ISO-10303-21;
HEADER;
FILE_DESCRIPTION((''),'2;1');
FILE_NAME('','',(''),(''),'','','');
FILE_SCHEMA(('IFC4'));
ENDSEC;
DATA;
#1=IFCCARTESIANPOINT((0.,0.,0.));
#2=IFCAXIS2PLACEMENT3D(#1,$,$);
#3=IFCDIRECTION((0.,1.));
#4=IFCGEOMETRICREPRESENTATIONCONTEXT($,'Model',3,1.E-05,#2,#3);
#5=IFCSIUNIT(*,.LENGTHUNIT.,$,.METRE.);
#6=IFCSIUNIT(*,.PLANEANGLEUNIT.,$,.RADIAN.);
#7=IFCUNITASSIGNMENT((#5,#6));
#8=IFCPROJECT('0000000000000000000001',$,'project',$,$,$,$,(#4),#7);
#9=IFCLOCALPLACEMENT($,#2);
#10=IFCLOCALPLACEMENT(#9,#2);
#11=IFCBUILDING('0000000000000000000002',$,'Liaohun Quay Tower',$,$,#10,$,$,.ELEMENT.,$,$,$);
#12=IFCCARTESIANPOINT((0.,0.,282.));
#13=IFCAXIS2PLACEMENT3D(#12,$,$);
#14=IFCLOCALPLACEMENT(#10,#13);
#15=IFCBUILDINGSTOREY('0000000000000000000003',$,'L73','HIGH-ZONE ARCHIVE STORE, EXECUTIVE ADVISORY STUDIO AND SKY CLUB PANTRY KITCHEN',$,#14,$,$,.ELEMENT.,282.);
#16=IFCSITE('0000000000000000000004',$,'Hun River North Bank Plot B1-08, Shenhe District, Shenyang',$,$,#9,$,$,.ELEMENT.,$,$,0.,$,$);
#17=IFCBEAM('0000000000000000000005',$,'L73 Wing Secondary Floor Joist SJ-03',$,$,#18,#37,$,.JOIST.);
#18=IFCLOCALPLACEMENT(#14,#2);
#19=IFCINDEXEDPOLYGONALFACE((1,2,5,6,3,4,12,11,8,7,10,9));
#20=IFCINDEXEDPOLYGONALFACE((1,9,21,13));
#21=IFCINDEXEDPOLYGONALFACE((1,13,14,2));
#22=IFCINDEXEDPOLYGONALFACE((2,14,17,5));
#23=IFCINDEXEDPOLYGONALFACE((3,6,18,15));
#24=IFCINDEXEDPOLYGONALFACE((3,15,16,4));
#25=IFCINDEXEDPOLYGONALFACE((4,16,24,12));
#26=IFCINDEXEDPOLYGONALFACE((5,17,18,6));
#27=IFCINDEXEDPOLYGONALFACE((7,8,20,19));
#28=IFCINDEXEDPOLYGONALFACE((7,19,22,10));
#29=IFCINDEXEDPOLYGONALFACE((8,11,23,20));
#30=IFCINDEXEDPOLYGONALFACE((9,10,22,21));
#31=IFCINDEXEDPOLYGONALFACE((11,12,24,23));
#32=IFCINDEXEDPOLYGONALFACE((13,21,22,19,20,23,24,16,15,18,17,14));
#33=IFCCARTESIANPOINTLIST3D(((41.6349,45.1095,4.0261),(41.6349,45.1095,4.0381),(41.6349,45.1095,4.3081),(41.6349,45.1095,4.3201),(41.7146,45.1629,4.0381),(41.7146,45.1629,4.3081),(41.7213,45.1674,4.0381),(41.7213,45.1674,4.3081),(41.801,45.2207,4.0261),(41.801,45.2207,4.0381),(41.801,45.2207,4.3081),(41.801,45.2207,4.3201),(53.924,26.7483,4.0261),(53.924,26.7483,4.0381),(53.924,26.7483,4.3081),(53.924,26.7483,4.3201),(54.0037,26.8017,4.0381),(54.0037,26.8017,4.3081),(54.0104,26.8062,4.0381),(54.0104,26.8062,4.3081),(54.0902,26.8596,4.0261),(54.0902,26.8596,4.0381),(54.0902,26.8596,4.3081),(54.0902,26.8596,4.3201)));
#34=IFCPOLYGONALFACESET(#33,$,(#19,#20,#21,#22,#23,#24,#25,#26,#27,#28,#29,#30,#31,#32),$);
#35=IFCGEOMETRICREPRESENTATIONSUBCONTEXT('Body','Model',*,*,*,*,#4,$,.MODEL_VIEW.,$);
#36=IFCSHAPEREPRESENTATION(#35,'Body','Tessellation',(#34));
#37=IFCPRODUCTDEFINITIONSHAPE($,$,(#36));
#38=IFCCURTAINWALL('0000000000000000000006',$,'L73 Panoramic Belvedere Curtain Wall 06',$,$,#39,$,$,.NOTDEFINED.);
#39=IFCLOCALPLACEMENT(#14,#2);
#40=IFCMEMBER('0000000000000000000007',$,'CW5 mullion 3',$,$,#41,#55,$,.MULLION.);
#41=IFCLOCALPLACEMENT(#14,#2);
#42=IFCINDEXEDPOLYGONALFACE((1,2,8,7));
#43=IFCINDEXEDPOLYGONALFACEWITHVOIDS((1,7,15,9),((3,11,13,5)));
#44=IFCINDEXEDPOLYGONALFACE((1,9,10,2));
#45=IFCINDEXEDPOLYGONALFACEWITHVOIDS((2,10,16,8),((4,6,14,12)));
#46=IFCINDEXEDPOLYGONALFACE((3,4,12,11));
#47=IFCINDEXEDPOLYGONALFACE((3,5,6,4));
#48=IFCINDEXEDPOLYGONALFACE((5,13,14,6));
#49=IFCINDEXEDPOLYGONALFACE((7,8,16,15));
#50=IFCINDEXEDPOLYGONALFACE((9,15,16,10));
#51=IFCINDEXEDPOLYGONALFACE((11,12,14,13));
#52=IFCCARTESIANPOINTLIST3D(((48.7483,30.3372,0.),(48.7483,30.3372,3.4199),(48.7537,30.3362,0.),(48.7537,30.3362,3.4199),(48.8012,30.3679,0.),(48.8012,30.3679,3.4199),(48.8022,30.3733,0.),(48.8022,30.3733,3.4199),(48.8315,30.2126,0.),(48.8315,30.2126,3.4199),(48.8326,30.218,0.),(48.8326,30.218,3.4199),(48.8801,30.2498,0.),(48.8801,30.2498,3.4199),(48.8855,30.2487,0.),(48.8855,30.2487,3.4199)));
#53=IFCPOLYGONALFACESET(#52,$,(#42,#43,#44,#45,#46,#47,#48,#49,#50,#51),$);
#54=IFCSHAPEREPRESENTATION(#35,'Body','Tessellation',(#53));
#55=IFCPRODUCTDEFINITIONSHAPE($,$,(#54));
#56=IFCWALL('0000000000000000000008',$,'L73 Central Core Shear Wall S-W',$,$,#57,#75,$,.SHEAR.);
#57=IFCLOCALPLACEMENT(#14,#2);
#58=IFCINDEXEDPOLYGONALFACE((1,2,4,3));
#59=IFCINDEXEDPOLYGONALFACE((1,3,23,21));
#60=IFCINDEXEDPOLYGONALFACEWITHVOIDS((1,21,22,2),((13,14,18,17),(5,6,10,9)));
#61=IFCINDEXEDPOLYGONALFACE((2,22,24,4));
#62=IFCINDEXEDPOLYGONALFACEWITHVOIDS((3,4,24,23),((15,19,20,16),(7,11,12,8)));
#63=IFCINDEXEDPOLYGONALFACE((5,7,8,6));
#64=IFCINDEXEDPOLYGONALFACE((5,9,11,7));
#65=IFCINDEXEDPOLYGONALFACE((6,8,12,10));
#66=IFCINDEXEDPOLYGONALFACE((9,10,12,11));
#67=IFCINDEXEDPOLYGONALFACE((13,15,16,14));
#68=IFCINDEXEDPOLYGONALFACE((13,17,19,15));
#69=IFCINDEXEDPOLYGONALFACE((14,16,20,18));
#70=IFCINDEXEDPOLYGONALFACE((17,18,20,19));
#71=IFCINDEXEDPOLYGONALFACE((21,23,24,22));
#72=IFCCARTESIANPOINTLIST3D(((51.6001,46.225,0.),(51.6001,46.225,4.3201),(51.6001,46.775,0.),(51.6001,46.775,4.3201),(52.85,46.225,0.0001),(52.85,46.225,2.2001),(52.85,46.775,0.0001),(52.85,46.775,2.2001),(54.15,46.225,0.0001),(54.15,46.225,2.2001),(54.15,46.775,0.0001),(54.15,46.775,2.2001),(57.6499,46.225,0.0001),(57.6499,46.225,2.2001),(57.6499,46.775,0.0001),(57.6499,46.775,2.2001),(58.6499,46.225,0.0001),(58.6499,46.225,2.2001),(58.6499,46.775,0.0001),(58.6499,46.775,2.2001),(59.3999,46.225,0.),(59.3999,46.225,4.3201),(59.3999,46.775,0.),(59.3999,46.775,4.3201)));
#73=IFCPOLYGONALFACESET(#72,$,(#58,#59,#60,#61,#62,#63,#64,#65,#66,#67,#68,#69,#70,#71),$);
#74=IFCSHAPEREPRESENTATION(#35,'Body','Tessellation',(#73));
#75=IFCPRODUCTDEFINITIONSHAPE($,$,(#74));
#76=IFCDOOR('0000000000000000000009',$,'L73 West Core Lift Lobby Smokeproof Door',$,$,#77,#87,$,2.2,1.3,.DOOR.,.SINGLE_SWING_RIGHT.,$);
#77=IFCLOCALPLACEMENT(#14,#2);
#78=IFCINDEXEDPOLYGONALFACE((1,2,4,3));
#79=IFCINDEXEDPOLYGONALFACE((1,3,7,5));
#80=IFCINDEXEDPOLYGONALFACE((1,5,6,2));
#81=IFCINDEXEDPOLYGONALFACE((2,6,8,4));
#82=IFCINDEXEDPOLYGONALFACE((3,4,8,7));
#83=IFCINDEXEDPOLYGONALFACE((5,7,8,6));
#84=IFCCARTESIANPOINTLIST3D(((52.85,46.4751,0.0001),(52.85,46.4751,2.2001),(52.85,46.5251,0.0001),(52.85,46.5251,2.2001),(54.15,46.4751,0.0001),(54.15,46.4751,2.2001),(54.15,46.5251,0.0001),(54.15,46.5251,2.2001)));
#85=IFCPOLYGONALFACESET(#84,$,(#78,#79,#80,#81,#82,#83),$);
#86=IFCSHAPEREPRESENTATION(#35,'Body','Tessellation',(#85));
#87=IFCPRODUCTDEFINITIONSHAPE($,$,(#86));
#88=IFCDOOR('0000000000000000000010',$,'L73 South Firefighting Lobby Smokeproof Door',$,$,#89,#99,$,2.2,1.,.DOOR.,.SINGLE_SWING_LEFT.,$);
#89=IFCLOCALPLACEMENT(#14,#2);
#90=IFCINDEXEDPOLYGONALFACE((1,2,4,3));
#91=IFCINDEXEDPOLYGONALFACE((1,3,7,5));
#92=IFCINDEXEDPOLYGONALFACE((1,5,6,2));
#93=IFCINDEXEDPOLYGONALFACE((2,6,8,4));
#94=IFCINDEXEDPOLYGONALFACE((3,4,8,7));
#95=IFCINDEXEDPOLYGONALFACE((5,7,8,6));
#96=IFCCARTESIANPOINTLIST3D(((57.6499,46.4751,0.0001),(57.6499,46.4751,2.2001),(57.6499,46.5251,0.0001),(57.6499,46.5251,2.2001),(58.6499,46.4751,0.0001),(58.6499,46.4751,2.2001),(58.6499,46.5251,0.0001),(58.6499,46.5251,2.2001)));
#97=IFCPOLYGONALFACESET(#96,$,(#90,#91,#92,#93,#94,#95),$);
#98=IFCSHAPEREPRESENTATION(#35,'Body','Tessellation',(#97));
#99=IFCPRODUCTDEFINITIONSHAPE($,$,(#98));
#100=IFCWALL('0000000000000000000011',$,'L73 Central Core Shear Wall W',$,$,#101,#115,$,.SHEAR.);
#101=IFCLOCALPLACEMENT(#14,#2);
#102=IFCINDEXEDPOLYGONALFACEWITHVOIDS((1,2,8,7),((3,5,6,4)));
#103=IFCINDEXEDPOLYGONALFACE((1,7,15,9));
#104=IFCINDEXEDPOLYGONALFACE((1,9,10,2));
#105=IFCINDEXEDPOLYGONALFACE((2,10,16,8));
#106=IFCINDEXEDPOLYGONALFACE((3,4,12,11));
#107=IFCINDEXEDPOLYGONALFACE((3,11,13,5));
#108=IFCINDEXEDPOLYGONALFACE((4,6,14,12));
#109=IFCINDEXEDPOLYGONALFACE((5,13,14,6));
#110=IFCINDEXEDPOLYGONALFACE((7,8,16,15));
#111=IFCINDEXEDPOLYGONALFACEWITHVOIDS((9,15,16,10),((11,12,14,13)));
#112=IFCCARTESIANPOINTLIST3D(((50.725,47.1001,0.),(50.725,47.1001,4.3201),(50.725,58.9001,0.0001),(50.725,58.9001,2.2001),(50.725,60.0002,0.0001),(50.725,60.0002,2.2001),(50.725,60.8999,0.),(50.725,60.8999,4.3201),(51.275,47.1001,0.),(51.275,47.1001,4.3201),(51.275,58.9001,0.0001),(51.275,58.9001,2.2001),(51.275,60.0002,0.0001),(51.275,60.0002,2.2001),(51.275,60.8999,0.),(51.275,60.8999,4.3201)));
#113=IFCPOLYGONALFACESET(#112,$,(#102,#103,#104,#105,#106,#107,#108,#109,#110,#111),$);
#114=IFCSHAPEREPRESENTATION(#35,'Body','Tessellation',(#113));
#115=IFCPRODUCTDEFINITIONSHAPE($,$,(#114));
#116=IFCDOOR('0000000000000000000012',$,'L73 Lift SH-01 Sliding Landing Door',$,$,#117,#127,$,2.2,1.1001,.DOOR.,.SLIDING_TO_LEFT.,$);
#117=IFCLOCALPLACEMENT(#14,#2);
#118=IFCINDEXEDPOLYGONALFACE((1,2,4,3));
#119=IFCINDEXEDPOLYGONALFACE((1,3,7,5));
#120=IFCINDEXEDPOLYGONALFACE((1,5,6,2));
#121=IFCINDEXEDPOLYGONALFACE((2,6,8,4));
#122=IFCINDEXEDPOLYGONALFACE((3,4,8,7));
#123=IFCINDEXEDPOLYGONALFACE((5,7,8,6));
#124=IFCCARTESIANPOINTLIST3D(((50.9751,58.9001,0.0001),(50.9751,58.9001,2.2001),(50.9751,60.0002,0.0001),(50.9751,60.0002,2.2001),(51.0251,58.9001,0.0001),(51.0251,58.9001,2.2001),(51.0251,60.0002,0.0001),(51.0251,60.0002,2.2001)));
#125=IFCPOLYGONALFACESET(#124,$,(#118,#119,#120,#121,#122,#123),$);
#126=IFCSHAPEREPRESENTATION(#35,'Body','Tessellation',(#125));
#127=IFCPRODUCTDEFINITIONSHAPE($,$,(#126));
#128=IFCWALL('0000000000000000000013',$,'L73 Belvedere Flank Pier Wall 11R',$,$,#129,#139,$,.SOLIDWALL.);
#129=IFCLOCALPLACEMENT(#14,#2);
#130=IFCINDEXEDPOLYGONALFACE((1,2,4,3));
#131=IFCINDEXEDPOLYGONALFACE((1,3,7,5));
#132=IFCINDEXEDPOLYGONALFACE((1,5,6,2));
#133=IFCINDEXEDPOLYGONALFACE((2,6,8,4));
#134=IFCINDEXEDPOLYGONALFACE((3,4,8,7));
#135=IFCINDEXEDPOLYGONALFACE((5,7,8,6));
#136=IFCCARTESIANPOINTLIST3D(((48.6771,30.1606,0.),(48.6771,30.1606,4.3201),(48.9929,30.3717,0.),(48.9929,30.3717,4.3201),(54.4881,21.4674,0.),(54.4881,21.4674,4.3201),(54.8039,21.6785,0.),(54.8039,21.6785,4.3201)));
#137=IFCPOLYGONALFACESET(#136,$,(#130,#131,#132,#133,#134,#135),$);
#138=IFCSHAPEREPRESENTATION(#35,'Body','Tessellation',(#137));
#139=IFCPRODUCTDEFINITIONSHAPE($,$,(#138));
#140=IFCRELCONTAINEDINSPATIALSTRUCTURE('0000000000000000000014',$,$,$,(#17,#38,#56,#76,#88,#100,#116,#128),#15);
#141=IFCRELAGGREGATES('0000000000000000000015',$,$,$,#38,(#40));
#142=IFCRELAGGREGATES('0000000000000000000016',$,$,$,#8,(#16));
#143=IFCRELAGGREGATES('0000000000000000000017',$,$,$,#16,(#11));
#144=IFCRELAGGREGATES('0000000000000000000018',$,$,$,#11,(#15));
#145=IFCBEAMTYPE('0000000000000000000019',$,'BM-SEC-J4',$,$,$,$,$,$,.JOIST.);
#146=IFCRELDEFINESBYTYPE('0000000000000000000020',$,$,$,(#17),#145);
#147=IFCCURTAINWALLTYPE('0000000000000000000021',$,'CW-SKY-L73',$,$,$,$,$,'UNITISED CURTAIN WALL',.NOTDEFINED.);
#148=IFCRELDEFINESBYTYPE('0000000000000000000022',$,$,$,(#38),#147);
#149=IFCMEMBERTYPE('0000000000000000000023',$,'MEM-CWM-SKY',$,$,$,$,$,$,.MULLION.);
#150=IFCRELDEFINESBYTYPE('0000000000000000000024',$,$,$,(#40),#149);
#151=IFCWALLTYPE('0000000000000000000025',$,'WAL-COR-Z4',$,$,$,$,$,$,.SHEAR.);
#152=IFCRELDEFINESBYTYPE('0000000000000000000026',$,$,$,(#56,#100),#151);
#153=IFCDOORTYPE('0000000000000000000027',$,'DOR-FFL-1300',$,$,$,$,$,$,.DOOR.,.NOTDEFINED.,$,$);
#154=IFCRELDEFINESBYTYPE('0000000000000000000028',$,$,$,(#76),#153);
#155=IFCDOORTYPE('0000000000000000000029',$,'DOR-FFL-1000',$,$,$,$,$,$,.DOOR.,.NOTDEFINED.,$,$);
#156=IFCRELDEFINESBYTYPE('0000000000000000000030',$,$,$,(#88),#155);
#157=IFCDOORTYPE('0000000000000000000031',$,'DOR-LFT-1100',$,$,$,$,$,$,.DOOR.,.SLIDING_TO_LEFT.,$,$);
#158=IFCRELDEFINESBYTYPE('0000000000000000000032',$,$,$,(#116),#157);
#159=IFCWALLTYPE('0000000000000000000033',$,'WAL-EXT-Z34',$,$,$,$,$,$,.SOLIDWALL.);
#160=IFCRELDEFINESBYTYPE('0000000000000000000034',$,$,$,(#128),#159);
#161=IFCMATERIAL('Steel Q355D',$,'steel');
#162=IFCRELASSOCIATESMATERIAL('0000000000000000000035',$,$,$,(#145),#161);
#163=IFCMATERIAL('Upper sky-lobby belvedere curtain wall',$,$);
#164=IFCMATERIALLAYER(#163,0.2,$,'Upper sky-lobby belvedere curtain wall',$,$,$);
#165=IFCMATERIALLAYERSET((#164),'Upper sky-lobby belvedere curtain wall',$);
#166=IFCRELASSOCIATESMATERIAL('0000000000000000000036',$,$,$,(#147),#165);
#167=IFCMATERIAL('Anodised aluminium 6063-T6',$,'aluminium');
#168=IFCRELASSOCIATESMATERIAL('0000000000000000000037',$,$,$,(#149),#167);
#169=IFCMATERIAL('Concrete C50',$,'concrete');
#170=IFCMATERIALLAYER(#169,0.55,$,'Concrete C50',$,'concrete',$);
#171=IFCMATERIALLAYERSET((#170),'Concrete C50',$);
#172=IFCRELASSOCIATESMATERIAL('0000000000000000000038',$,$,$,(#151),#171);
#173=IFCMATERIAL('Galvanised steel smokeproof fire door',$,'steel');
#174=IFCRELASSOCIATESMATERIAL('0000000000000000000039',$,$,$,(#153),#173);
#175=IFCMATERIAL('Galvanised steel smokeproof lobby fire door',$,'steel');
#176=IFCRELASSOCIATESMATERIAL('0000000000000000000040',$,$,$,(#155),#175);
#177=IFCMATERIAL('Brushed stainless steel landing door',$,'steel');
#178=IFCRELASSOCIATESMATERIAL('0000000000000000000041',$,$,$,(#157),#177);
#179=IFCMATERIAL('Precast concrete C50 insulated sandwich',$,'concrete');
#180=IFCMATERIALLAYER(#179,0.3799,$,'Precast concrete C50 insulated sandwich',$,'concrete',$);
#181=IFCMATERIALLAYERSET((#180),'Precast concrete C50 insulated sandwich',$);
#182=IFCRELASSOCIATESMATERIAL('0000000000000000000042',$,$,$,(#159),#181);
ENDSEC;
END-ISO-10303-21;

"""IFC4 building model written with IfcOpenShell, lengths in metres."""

from ifc_helpers import new_model, si_unit, direction, frame, frame_2d, origin, origin_2d, place, context, subcontext, project, spatial, rectangle, hollow_rectangle, i_section, extrude, source, transform, mapped, material, layer, layer_set, material_profile, profile_set, type_object, element, fill, aggregate, save


model = new_model("IFC4")

# Units and contexts
model_context = context("Model", 3, precision=1e-05, world=origin(), true_north=direction((0.0, 1.0)))
body_context = subcontext(model_context, "Body", "Model", "MODEL_VIEW")
ifc_project = project(units=[si_unit("LENGTHUNIT", "METRE"), si_unit("PLANEANGLEUNIT", "RADIAN")], contexts=[model_context])

# Site, building, storey
site_placement = place(None, origin())
site = spatial("IfcSite", under=ifc_project, at=site_placement, Name="Hun River North Bank Plot B1-08, Shenhe District, Shenyang", CompositionType="ELEMENT", RefElevation=0.0)
building_placement = place(site_placement, origin())
building = spatial("IfcBuilding", under=site, at=building_placement, Name="Liaohun Quay Tower", CompositionType="ELEMENT")
storey_placement = place(building_placement, frame((0.0, 0.0, 282.0)))
storey = spatial("IfcBuildingStorey", under=building, at=storey_placement, Name="L73", Description="HIGH-ZONE ARCHIVE STORE, EXECUTIVE ADVISORY STUDIO AND SKY CLUB PANTRY KITCHEN", CompositionType="ELEMENT", Elevation=282.0)

# Shared definitions
ifc_material_1 = material(Name="Concrete C50", Category="concrete")

# Beam
ifc_material_2 = material(Name="Steel Q355D", Category="steel")
ifc_material_profile_1 = material_profile(ifc_material_2, i_section(OverallWidth=0.2, OverallDepth=0.2939, WebThickness=0.0081, FlangeThickness=0.012, at=origin_2d()), Name="HM294x200x8x12")
ifc_profile_set_1 = profile_set([ifc_material_profile_1], Name="Steel Q355D")
beam_type_1 = type_object("IfcBeamType", Name="BM-SEC-J4", PredefinedType="JOIST", material=ifc_profile_set_1)
shared_shape_1 = source(origin(), body_context, "Body", "SweptSolid", [
    extrude(i_section(OverallWidth=0.2, OverallDepth=0.2939, WebThickness=0.0081, FlangeThickness=0.012, at=origin_2d()), origin(), (0.0, 0.0, 1.0), 22.0942),
])
beam_1_placement = place(storey_placement, frame((54.0071, 26.804, 4.1731), z_axis=(-0.556214, 0.831039, 0.0), x_axis=(-0.831039, -0.556214, 0.0)))
element("IfcBeam", 1, at=beam_1_placement, inside=storey, type_object=beam_type_1, Name="L73 Wing Secondary Floor Joist SJ-03", PredefinedType="JOIST", context=body_context, shape_type="MappedRepresentation", body=[
    mapped(shared_shape_1, transform((0.0, 0.0, 0.0), x_axis=(1.0, 0.0, 0.0), y_axis=(0.0, 1.0, 0.0), z_axis=(0.0, 0.0, 1.0), scale=1.0)),
])

# Curtain wall, member
ifc_material_3 = material(Name="Upper sky-lobby belvedere curtain wall")
ifc_layer_1 = layer(ifc_material_3, 0.2, Name="Upper sky-lobby belvedere curtain wall")
ifc_layer_set_1 = layer_set([ifc_layer_1], Name="Upper sky-lobby belvedere curtain wall")
curtain_wall_type = type_object("IfcCurtainWallType", Name="CW-SKY-L73", ElementType="UNITISED CURTAIN WALL", PredefinedType="NOTDEFINED", material=ifc_layer_set_1)
curtain_wall_placement = place(storey_placement, origin())
curtain_wall = element("IfcCurtainWall", 2, at=curtain_wall_placement, inside=storey, type_object=curtain_wall_type, Name="L73 Panoramic Belvedere Curtain Wall 06", PredefinedType="NOTDEFINED")
ifc_material_4 = material(Name="Anodised aluminium 6063-T6", Category="aluminium")
ifc_material_profile_2 = material_profile(ifc_material_4, hollow_rectangle(XDim=0.0649, YDim=0.1499, WallThickness=0.0039, at=origin_2d()), Name="RHS150x65x4")
ifc_profile_set_2 = profile_set([ifc_material_profile_2], Name="Anodised aluminium 6063-T6")
member_type = type_object("IfcMemberType", Name="MEM-CWM-SKY", PredefinedType="MULLION", material=ifc_profile_set_2)
shared_shape_2 = source(origin(), body_context, "Body", "SweptSolid", [
    extrude(hollow_rectangle(XDim=0.0649, YDim=0.1499, WallThickness=0.0039, at=origin_2d()), origin(), (0.0, 0.0, 1.0), 3.4199),
])
member_placement = place(storey_placement, frame((48.8169, 30.293, 0.0), z_axis=(0.0, 0.0, 1.0), x_axis=(0.831425, 0.555637, 0.0)))
member = element("IfcMember", 3, at=member_placement, type_object=member_type, Name="CW5 mullion 3", PredefinedType="MULLION", context=body_context, shape_type="MappedRepresentation", body=[
    mapped(shared_shape_2, transform((0.0, 0.0, 0.0), x_axis=(1.0, 0.0, 0.0), y_axis=(0.0, 1.0, 0.0), z_axis=(0.0, 0.0, 1.0), scale=1.0)),
])
aggregate(curtain_wall, [member])

# Wall, openings, doors
ifc_layer_2 = layer(ifc_material_1, 0.55, Name="Concrete C50", Category="concrete")
ifc_layer_set_2 = layer_set([ifc_layer_2], Name="Concrete C50")
wall_type_1 = type_object("IfcWallType", Name="WAL-COR-Z4", PredefinedType="SHEAR", material=ifc_layer_set_2)
wall_1_placement = place(storey_placement, frame((59.3999, 46.5, 0.0), z_axis=(0.0, 0.0, 1.0), x_axis=(-1.0, 0.0, 0.0)))
wall_1 = element("IfcWall", 4, at=wall_1_placement, inside=storey, type_object=wall_type_1, Name="L73 Central Core Shear Wall S-W", PredefinedType="SHEAR", context=body_context, shape_type="SweptSolid", body=[
    extrude(rectangle(XDim=7.7998, YDim=0.55, at=frame_2d((3.8999, 0.0))), origin(), (0.0, 0.0, 1.0), 4.3201),
])
shared_shape_3 = source(origin(), body_context, "Body", "SweptSolid", [
    extrude(rectangle(XDim=1.3, YDim=2.2, at=frame_2d((0.6499, 1.1001))), frame((0.0, 0.2849, 0.0), z_axis=(0.0, -1.0, 0.0), x_axis=(1.0, 0.0, 0.0)), (0.0, 0.0, 1.0), 0.5701),
])
opening_1_placement = place(wall_1_placement, frame((5.25, 0.0, 0.0)))
opening_1 = element("IfcOpeningElement", 5, at=opening_1_placement, cuts=wall_1, PredefinedType="OPENING", context=body_context, shape_type="MappedRepresentation", body=[
    mapped(shared_shape_3, transform((0.0, 0.0, 0.0), x_axis=(1.0, 0.0, 0.0), y_axis=(0.0, 1.0, 0.0), z_axis=(0.0, 0.0, 1.0), scale=1.0)),
])
shared_shape_4 = source(origin(), body_context, "Body", "SweptSolid", [
    extrude(rectangle(XDim=1.0, YDim=2.2, at=frame_2d((0.5, 1.1001))), frame((0.0, 0.2849, 0.0), z_axis=(0.0, -1.0, 0.0), x_axis=(1.0, 0.0, 0.0)), (0.0, 0.0, 1.0), 0.5701),
])
opening_2_placement = place(wall_1_placement, frame((0.75, 0.0, 0.0)))
opening_2 = element("IfcOpeningElement", 6, at=opening_2_placement, cuts=wall_1, PredefinedType="OPENING", context=body_context, shape_type="MappedRepresentation", body=[
    mapped(shared_shape_4, transform((0.0, 0.0, 0.0), x_axis=(1.0, 0.0, 0.0), y_axis=(0.0, 1.0, 0.0), z_axis=(0.0, 0.0, 1.0), scale=1.0)),
])
ifc_material_5 = material(Name="Galvanised steel smokeproof fire door", Category="steel")
door_type_1 = type_object("IfcDoorType", Name="DOR-FFL-1300", OperationType="NOTDEFINED", PredefinedType="DOOR", material=ifc_material_5)
shared_shape_5 = source(origin(), body_context, "Body", "SweptSolid", [
    extrude(rectangle(XDim=1.3, YDim=2.2, at=frame_2d((0.6499, 1.1001))), frame((0.0, 0.0249, 0.0), z_axis=(0.0, -1.0, 0.0), x_axis=(1.0, 0.0, 0.0)), (0.0, 0.0, 1.0), 0.05),
])
door_1_placement = place(opening_1_placement, origin())
door_1 = element("IfcDoor", 7, at=door_1_placement, inside=storey, type_object=door_type_1, Name="L73 West Core Lift Lobby Smokeproof Door", OperationType="SINGLE_SWING_RIGHT", OverallHeight=2.2, OverallWidth=1.3, PredefinedType="DOOR", context=body_context, shape_type="MappedRepresentation", body=[
    mapped(shared_shape_5, transform((0.0, 0.0, 0.0), x_axis=(1.0, 0.0, 0.0), y_axis=(0.0, 1.0, 0.0), z_axis=(0.0, 0.0, 1.0), scale=1.0)),
])
fill(opening_1, door_1)
ifc_material_6 = material(Name="Galvanised steel smokeproof lobby fire door", Category="steel")
door_type_2 = type_object("IfcDoorType", Name="DOR-FFL-1000", OperationType="NOTDEFINED", PredefinedType="DOOR", material=ifc_material_6)
shared_shape_6 = source(origin(), body_context, "Body", "SweptSolid", [
    extrude(rectangle(XDim=1.0, YDim=2.2, at=frame_2d((0.5, 1.1001))), frame((0.0, 0.0249, 0.0), z_axis=(0.0, -1.0, 0.0), x_axis=(1.0, 0.0, 0.0)), (0.0, 0.0, 1.0), 0.05),
])
door_2_placement = place(opening_2_placement, origin())
door_2 = element("IfcDoor", 8, at=door_2_placement, inside=storey, type_object=door_type_2, Name="L73 South Firefighting Lobby Smokeproof Door", OperationType="SINGLE_SWING_LEFT", OverallHeight=2.2, OverallWidth=1.0, PredefinedType="DOOR", context=body_context, shape_type="MappedRepresentation", body=[
    mapped(shared_shape_6, transform((0.0, 0.0, 0.0), x_axis=(1.0, 0.0, 0.0), y_axis=(0.0, 1.0, 0.0), z_axis=(0.0, 0.0, 1.0), scale=1.0)),
])
fill(opening_2, door_2)

# Wall, opening, door
wall_2_placement = place(storey_placement, frame((51.0, 47.1001, 0.0), z_axis=(0.0, 0.0, 1.0), x_axis=(0.0, 1.0, 0.0)))
wall_2 = element("IfcWall", 9, at=wall_2_placement, inside=storey, type_object=wall_type_1, Name="L73 Central Core Shear Wall W", PredefinedType="SHEAR", context=body_context, shape_type="SweptSolid", body=[
    extrude(rectangle(XDim=13.7998, YDim=0.55, at=frame_2d((6.8999, 0.0))), origin(), (0.0, 0.0, 1.0), 4.3201),
])
shared_shape_7 = source(origin(), body_context, "Body", "SweptSolid", [
    extrude(rectangle(XDim=1.1001, YDim=2.2, at=frame_2d((0.55, 1.1001))), frame((0.0, 0.2849, 0.0), z_axis=(0.0, -1.0, 0.0), x_axis=(1.0, 0.0, 0.0)), (0.0, 0.0, 1.0), 0.5701),
])
opening_3_placement = place(wall_2_placement, frame((11.8, 0.0, 0.0)))
opening_3 = element("IfcOpeningElement", 10, at=opening_3_placement, cuts=wall_2, PredefinedType="OPENING", context=body_context, shape_type="MappedRepresentation", body=[
    mapped(shared_shape_7, transform((0.0, 0.0, 0.0), x_axis=(1.0, 0.0, 0.0), y_axis=(0.0, 1.0, 0.0), z_axis=(0.0, 0.0, 1.0), scale=1.0)),
])
ifc_material_7 = material(Name="Brushed stainless steel landing door", Category="steel")
door_type_3 = type_object("IfcDoorType", Name="DOR-LFT-1100", OperationType="SLIDING_TO_LEFT", PredefinedType="DOOR", material=ifc_material_7)
shared_shape_8 = source(origin(), body_context, "Body", "SweptSolid", [
    extrude(rectangle(XDim=1.1001, YDim=2.2, at=frame_2d((0.55, 1.1001))), frame((0.0, 0.0249, 0.0), z_axis=(0.0, -1.0, 0.0), x_axis=(1.0, 0.0, 0.0)), (0.0, 0.0, 1.0), 0.05),
])
door_3_placement = place(opening_3_placement, origin())
door_3 = element("IfcDoor", 11, at=door_3_placement, inside=storey, type_object=door_type_3, Name="L73 Lift SH-01 Sliding Landing Door", OperationType="SLIDING_TO_LEFT", OverallHeight=2.2, OverallWidth=1.1001, PredefinedType="DOOR", context=body_context, shape_type="MappedRepresentation", body=[
    mapped(shared_shape_8, transform((0.0, 0.0, 0.0), x_axis=(1.0, 0.0, 0.0), y_axis=(0.0, 1.0, 0.0), z_axis=(0.0, 0.0, 1.0), scale=1.0)),
])
fill(opening_3, door_3)

# Wall
ifc_material_8 = material(Name="Precast concrete C50 insulated sandwich", Category="concrete")
ifc_layer_3 = layer(ifc_material_8, 0.3799, Name="Precast concrete C50 insulated sandwich", Category="concrete")
ifc_layer_set_3 = layer_set([ifc_layer_3], Name="Precast concrete C50 insulated sandwich")
wall_type_2 = type_object("IfcWallType", Name="WAL-EXT-Z34", PredefinedType="SOLIDWALL", material=ifc_layer_set_3)
wall_3_placement = place(storey_placement, frame((48.835, 30.2661, 0.0), z_axis=(0.0, 0.0, 1.0), x_axis=(0.555734, -0.83136, 0.0)))
element("IfcWall", 12, at=wall_3_placement, inside=storey, type_object=wall_type_2, Name="L73 Belvedere Flank Pier Wall 11R", PredefinedType="SOLIDWALL", context=body_context, shape_type="SweptSolid", body=[
    extrude(rectangle(XDim=10.4565, YDim=0.3799, at=frame_2d((5.2283, 0.0))), origin(), (0.0, 0.0, 1.0), 4.3201),
])

save(model, "model.ifc")
